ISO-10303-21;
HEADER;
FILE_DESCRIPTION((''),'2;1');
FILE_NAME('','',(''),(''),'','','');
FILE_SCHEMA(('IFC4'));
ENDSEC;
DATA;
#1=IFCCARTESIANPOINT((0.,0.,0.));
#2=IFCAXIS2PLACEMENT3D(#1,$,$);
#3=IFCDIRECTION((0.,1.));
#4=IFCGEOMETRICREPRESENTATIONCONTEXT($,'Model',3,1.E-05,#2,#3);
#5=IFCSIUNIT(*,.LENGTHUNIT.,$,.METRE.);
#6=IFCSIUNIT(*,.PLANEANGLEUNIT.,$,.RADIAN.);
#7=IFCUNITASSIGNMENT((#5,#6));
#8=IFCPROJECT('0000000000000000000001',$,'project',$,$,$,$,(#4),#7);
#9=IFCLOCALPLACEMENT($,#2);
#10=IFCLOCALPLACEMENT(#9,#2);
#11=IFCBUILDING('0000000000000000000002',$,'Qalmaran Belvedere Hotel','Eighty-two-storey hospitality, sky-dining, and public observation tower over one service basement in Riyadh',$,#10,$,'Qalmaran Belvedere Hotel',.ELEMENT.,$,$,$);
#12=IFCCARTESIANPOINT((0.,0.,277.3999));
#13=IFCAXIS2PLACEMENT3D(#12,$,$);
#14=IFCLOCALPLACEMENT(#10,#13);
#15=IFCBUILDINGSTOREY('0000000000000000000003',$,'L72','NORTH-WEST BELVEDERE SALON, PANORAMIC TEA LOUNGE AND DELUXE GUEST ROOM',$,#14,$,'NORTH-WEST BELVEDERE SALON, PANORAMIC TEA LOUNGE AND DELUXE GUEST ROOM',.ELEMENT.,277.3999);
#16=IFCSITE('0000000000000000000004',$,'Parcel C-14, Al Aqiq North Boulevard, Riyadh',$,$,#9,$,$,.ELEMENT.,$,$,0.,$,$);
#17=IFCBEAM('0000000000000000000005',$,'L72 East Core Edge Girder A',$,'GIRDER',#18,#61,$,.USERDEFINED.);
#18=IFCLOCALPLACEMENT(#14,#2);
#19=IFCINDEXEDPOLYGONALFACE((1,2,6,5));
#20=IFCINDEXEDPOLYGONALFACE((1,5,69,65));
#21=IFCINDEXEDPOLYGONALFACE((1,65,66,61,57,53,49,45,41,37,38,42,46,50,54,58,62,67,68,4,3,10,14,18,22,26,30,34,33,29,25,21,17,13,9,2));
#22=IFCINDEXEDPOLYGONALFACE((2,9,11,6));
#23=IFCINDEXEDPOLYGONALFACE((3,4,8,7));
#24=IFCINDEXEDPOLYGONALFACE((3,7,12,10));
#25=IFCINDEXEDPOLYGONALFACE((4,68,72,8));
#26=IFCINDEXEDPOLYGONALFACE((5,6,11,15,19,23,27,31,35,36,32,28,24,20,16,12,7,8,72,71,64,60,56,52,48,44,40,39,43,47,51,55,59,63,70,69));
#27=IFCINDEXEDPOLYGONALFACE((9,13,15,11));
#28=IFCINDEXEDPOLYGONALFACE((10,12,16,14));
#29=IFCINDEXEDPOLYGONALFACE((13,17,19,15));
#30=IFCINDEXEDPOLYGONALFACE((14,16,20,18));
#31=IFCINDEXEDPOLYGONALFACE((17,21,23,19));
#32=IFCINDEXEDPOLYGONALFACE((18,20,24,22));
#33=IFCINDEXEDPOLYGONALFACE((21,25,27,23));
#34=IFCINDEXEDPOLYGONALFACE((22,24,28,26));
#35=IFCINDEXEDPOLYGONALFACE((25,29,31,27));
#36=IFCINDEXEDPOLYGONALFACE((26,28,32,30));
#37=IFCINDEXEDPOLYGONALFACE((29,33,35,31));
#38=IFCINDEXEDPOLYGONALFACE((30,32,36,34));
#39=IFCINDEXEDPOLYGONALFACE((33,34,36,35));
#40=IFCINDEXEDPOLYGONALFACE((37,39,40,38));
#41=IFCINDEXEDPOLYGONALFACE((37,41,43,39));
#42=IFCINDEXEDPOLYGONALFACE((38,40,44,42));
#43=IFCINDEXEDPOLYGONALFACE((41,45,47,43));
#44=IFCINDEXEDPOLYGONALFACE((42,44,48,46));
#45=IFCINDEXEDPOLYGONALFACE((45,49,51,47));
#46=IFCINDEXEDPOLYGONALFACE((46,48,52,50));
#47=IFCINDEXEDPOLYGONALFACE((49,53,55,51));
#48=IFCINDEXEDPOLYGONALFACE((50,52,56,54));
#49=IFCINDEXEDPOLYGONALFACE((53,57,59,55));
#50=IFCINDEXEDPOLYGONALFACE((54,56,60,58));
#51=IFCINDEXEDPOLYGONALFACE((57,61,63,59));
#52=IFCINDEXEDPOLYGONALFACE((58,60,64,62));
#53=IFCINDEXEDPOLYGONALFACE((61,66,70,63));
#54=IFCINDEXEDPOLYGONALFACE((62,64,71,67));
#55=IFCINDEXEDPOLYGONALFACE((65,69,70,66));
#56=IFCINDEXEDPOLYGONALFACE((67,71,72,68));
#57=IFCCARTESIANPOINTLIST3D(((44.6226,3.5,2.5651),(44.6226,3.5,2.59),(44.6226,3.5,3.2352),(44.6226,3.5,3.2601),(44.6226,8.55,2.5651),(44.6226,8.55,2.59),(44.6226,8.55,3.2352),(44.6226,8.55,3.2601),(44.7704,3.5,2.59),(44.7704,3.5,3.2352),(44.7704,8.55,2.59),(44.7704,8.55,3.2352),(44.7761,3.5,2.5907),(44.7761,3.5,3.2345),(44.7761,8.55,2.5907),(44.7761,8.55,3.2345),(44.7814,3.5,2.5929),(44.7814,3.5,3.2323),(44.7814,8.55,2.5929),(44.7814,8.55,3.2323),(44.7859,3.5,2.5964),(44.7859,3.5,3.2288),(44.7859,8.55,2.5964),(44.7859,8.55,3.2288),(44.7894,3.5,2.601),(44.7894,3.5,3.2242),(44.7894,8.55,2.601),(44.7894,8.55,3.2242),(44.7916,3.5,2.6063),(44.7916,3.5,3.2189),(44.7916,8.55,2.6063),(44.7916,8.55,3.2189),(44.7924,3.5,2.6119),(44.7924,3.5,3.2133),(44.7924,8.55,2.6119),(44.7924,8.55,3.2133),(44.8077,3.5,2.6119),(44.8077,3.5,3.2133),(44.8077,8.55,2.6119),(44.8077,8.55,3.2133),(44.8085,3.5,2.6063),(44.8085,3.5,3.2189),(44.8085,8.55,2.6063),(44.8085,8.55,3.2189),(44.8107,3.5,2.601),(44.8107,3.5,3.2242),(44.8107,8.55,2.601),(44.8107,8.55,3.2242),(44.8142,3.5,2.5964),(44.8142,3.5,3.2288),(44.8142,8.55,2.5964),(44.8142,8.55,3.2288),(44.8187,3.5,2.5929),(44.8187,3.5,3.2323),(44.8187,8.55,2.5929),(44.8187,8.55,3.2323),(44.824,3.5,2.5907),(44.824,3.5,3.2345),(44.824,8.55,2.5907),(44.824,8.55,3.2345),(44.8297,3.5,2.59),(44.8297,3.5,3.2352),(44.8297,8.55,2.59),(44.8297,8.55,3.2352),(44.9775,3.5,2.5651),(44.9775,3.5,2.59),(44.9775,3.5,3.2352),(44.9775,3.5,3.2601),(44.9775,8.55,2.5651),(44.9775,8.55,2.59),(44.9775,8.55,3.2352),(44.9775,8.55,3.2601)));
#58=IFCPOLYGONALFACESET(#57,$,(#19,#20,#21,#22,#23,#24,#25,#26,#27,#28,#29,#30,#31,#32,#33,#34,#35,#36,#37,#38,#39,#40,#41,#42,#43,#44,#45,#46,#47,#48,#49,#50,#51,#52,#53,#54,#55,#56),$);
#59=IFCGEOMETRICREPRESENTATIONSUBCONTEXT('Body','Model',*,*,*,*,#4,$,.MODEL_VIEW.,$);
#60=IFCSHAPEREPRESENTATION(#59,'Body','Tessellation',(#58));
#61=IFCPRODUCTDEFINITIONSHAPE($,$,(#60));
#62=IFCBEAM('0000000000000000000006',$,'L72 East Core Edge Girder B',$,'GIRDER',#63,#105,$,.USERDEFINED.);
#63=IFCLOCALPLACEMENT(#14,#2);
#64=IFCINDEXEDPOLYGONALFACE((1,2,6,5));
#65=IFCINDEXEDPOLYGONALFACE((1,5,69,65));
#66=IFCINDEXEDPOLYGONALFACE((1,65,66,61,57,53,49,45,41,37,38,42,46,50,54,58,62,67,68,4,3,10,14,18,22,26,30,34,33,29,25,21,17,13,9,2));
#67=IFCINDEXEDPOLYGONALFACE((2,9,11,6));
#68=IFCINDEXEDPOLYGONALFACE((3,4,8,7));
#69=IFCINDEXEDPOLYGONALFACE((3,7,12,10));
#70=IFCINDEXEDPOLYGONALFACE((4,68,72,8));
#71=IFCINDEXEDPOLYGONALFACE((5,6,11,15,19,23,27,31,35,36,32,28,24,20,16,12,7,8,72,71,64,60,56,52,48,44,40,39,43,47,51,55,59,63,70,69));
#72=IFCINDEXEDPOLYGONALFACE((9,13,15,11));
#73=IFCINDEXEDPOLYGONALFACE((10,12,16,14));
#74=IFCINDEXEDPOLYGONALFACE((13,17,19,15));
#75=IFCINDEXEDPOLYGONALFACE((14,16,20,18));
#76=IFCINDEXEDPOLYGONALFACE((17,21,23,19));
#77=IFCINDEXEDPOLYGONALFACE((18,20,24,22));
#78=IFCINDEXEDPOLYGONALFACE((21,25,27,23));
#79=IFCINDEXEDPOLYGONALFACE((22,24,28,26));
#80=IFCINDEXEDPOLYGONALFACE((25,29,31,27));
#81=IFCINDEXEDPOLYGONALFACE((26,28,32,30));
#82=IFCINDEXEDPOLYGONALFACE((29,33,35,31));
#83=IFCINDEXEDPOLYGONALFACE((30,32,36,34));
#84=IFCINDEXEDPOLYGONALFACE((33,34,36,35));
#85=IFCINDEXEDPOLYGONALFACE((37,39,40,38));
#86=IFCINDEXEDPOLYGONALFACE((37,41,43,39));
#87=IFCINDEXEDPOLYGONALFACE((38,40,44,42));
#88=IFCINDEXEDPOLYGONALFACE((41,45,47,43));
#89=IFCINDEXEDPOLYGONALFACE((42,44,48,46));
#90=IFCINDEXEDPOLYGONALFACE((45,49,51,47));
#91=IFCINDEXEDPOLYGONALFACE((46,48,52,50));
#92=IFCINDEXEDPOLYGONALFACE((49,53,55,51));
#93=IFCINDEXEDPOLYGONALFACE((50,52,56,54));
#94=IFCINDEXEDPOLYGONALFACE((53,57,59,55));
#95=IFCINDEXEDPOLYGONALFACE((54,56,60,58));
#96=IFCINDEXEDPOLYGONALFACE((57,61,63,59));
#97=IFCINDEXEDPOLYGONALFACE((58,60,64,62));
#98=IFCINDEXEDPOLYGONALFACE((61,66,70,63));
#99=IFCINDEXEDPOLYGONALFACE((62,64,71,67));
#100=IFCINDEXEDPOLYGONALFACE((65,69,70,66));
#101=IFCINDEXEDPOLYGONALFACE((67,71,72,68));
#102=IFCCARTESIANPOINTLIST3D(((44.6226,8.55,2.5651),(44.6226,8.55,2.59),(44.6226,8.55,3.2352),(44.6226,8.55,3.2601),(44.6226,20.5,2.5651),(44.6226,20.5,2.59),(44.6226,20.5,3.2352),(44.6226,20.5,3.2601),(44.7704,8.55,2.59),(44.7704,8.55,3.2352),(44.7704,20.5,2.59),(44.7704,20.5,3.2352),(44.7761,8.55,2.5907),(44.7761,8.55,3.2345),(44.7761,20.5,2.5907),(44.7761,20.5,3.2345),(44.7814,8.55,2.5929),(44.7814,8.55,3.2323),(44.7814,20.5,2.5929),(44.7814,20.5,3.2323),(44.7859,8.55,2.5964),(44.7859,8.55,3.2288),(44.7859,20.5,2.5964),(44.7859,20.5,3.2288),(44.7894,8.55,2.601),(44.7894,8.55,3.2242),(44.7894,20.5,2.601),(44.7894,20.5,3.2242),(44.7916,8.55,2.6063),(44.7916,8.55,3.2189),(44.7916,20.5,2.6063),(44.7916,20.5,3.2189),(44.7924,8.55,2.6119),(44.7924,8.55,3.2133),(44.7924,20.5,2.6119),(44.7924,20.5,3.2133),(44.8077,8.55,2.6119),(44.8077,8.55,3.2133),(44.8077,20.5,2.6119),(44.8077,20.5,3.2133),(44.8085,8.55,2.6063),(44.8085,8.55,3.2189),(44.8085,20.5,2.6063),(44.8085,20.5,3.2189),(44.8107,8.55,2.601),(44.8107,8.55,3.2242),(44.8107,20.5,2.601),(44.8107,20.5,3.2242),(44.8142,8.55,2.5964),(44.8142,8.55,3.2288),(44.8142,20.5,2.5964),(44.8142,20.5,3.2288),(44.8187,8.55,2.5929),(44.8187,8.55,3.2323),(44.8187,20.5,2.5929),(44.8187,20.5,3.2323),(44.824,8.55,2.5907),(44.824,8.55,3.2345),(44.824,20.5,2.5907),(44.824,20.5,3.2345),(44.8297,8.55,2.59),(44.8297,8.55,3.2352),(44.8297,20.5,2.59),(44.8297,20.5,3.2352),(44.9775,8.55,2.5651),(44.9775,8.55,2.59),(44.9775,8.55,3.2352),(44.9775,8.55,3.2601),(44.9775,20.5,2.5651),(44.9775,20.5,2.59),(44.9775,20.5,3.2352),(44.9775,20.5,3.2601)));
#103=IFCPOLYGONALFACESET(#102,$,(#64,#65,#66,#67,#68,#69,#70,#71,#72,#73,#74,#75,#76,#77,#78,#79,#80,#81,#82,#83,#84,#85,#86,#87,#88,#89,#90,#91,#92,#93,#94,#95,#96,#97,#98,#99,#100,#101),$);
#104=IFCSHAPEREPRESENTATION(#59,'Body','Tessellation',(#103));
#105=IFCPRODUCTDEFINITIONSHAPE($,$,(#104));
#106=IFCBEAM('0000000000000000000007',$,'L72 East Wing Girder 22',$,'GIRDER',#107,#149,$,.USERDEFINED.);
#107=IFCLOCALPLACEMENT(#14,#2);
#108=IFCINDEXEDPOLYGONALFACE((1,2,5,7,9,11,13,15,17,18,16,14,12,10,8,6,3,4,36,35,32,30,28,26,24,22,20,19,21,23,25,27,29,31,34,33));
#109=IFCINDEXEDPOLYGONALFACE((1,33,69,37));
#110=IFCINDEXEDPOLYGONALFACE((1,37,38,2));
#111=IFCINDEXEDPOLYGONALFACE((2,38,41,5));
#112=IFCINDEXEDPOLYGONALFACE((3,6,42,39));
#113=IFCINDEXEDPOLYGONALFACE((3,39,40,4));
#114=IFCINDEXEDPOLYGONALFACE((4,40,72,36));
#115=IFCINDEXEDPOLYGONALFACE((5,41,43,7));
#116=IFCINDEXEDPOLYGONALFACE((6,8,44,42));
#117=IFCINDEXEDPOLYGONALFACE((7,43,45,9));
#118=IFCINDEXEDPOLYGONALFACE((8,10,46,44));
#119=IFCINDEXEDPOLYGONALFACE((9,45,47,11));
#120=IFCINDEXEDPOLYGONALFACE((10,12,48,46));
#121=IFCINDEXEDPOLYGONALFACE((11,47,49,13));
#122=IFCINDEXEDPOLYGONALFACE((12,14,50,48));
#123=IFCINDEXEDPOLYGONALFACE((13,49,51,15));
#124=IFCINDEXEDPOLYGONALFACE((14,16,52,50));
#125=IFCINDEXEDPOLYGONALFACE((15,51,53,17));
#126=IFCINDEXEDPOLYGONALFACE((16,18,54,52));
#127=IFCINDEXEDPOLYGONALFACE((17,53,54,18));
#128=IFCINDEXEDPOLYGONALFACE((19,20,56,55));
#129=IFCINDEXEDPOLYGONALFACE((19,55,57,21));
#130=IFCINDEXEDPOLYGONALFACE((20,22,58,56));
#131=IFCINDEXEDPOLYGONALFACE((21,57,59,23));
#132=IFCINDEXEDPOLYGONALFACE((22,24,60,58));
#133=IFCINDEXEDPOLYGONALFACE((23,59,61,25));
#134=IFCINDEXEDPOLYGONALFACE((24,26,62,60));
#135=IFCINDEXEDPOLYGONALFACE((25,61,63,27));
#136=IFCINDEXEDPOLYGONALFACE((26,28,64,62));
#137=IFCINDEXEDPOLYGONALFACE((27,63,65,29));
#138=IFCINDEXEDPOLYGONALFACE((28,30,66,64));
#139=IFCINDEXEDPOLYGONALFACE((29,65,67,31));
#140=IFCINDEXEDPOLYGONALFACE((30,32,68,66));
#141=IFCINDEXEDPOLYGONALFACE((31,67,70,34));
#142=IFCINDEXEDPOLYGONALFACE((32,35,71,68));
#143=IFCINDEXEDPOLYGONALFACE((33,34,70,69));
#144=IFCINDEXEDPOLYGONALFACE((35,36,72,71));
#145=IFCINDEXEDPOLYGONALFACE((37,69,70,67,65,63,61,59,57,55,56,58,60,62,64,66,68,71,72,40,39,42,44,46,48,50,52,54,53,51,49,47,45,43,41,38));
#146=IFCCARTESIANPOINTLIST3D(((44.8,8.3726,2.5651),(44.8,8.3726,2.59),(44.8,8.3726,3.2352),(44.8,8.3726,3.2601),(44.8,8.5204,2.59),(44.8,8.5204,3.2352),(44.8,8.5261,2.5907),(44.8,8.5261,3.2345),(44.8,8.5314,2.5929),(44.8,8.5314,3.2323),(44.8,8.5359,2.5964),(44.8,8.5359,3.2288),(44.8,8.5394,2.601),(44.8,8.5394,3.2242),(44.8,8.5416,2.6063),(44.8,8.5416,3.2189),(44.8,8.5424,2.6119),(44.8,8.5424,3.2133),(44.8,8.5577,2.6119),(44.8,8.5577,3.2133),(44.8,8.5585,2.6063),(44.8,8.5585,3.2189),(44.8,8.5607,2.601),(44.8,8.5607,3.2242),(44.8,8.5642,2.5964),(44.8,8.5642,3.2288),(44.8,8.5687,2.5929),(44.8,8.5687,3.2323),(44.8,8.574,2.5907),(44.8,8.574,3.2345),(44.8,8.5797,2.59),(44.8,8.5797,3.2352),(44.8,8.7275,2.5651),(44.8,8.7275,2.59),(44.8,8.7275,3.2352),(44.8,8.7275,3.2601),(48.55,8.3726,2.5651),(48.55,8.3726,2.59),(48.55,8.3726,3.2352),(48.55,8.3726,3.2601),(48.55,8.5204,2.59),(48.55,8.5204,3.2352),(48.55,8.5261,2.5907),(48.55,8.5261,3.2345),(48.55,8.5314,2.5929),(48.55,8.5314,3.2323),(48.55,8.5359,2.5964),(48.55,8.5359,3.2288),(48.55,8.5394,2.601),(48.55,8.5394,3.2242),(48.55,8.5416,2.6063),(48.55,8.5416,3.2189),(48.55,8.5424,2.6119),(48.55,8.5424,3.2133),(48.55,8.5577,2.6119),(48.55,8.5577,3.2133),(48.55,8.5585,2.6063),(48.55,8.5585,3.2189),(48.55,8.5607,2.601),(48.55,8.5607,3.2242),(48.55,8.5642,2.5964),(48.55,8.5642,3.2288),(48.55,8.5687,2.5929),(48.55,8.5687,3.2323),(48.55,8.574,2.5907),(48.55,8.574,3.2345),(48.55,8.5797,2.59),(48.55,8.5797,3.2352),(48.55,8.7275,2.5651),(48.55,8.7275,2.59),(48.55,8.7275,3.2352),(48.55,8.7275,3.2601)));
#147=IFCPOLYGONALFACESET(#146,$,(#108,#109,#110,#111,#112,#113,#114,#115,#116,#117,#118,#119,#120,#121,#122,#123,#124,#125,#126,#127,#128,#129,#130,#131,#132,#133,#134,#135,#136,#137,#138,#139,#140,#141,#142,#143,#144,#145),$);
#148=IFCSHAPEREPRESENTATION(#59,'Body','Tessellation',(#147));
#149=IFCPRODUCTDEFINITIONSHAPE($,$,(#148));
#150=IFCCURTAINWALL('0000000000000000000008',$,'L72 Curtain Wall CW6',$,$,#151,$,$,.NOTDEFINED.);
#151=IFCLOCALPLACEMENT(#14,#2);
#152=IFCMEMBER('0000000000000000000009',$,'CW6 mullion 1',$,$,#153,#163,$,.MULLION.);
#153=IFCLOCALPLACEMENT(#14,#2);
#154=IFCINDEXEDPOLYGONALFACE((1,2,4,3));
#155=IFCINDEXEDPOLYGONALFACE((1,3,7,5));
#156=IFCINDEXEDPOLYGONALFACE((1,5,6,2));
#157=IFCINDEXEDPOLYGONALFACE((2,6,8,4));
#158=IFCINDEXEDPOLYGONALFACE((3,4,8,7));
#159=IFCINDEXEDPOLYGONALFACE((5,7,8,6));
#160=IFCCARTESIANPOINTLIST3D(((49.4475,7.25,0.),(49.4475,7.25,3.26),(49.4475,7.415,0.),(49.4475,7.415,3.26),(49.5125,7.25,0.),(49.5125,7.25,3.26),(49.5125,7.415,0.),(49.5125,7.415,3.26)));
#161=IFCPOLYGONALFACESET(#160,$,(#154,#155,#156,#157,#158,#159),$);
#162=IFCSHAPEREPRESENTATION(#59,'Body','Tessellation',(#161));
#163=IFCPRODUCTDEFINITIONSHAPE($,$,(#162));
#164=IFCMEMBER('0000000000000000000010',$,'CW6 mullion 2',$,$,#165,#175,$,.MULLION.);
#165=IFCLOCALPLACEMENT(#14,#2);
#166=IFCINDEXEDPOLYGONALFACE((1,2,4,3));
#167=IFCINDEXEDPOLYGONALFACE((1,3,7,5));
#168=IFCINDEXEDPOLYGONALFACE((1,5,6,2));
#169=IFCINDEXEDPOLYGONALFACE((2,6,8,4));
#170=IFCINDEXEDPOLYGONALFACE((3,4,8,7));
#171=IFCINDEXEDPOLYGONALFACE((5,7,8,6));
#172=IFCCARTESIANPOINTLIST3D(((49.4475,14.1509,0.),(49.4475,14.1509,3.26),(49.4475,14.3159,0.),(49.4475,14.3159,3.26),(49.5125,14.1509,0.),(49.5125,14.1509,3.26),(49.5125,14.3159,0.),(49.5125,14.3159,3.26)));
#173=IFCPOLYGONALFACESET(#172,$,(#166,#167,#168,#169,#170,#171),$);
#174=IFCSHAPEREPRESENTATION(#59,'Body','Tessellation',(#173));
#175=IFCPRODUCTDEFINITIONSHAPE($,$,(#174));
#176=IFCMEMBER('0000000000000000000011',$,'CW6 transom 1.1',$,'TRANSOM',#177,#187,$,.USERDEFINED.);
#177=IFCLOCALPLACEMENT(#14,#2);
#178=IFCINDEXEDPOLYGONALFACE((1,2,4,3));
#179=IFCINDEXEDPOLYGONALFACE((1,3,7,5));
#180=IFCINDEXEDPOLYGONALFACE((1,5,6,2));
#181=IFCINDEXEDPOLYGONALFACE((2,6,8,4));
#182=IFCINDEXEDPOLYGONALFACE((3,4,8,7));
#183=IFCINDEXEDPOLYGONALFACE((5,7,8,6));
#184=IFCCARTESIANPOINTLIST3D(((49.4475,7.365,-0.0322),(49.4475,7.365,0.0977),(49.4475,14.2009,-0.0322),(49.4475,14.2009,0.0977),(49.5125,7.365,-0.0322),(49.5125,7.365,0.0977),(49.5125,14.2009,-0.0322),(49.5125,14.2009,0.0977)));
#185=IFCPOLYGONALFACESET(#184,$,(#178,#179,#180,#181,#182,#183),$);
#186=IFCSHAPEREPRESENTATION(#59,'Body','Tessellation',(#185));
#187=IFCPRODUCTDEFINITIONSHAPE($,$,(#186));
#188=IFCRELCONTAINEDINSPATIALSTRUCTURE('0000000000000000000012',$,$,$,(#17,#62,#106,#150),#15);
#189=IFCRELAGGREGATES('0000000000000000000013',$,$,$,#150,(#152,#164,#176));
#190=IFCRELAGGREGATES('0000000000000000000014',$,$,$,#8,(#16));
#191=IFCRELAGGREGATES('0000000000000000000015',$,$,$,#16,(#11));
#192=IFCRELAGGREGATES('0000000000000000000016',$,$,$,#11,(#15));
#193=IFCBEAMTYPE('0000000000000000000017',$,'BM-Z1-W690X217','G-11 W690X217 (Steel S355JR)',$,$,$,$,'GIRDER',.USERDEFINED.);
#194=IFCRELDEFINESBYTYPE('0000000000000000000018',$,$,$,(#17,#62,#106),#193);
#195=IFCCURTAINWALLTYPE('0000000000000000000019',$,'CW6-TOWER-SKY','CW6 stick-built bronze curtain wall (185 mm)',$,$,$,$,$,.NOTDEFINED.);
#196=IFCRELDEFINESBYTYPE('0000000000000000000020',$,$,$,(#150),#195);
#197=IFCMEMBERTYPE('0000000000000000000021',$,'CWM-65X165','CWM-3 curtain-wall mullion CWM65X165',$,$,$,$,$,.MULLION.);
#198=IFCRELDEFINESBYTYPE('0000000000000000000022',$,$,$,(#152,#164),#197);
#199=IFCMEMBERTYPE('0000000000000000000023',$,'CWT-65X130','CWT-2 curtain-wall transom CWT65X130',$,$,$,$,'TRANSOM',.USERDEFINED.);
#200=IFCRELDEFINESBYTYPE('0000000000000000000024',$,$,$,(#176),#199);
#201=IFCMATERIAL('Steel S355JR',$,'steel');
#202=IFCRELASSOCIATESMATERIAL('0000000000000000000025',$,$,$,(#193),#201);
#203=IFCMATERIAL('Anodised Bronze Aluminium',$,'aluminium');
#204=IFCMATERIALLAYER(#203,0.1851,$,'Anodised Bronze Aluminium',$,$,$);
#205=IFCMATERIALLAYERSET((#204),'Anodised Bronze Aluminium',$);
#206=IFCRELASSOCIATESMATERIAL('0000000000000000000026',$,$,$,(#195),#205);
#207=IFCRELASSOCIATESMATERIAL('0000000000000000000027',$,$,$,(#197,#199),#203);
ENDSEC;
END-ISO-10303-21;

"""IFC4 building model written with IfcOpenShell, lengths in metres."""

from ifc_helpers import new_model, si_unit, direction, frame, origin, origin_2d, place, context, subcontext, project, spatial, rectangle, i_section, extrude, material, layer, layer_set, material_profile, profile_set, type_object, element, aggregate, save


model = new_model("IFC4")

# Units and contexts
model_context = context("Model", 3, precision=1e-05, world=origin(), true_north=direction((0.0, 1.0)))
body_context = subcontext(model_context, "Body", "Model", "MODEL_VIEW")
ifc_project = project(units=[si_unit("LENGTHUNIT", "METRE"), si_unit("PLANEANGLEUNIT", "RADIAN")], contexts=[model_context])

# Site, building, storey
site_placement = place(None, origin())
site = spatial("IfcSite", under=ifc_project, at=site_placement, Name="Parcel C-14, Al Aqiq North Boulevard, Riyadh", CompositionType="ELEMENT", RefElevation=0.0)
building_placement = place(site_placement, origin())
building = spatial("IfcBuilding", under=site, at=building_placement, Name="Qalmaran Belvedere Hotel", Description="Eighty-two-storey hospitality, sky-dining, and public observation tower over one service basement in Riyadh", LongName="Qalmaran Belvedere Hotel", CompositionType="ELEMENT")
storey_placement = place(building_placement, frame((0.0, 0.0, 277.3999)))
storey = spatial("IfcBuildingStorey", under=building, at=storey_placement, Name="L72", Description="NORTH-WEST BELVEDERE SALON, PANORAMIC TEA LOUNGE AND DELUXE GUEST ROOM", LongName="NORTH-WEST BELVEDERE SALON, PANORAMIC TEA LOUNGE AND DELUXE GUEST ROOM", CompositionType="ELEMENT", Elevation=277.3999)

# Beams
ifc_material_1 = material(Name="Steel S355JR", Category="steel")
ifc_material_profile_1 = material_profile(ifc_material_1, i_section(OverallWidth=0.355, OverallDepth=0.6951, WebThickness=0.0154, FlangeThickness=0.0249, FilletRadius=0.022, at=origin_2d()), Name="W690X217")
ifc_profile_set_1 = profile_set([ifc_material_profile_1], Name="Steel S355JR")
beam_type_1 = type_object("IfcBeamType", Name="BM-Z1-W690X217", Description="G-11 W690X217 (Steel S355JR)", ElementType="GIRDER", PredefinedType="USERDEFINED", material=ifc_profile_set_1)
beam_1_placement = place(storey_placement, frame((44.8, 3.5, 2.9126), z_axis=(0.0, 1.0, 0.0), x_axis=(-1.0, 0.0, 0.0)))
element("IfcBeam", 1, at=beam_1_placement, inside=storey, type_object=beam_type_1, Name="L72 East Core Edge Girder A", ObjectType="GIRDER", PredefinedType="USERDEFINED", context=body_context, shape_type="SweptSolid", body=[
    extrude(i_section(OverallWidth=0.355, OverallDepth=0.6951, WebThickness=0.0154, FlangeThickness=0.0249, FilletRadius=0.022, at=origin_2d()), origin(), (0.0, 0.0, 1.0), 5.05),
])
beam_2_placement = place(storey_placement, frame((44.8, 8.55, 2.9126), z_axis=(0.0, 1.0, 0.0), x_axis=(-1.0, 0.0, 0.0)))
element("IfcBeam", 2, at=beam_2_placement, inside=storey, type_object=beam_type_1, Name="L72 East Core Edge Girder B", ObjectType="GIRDER", PredefinedType="USERDEFINED", context=body_context, shape_type="SweptSolid", body=[
    extrude(i_section(OverallWidth=0.355, OverallDepth=0.6951, WebThickness=0.0154, FlangeThickness=0.0249, FilletRadius=0.022, at=origin_2d()), origin(), (0.0, 0.0, 1.0), 11.95),
])
beam_3_placement = place(storey_placement, frame((44.8, 8.55, 2.9126), z_axis=(1.0, 0.0, 0.0), x_axis=(0.0, 1.0, 0.0)))
element("IfcBeam", 3, at=beam_3_placement, inside=storey, type_object=beam_type_1, Name="L72 East Wing Girder 22", ObjectType="GIRDER", PredefinedType="USERDEFINED", context=body_context, shape_type="SweptSolid", body=[
    extrude(i_section(OverallWidth=0.355, OverallDepth=0.6951, WebThickness=0.0154, FlangeThickness=0.0249, FilletRadius=0.022, at=origin_2d()), origin(), (0.0, 0.0, 1.0), 3.75),
])

# Curtain wall, members
ifc_material_2 = material(Name="Anodised Bronze Aluminium", Category="aluminium")
ifc_layer_1 = layer(ifc_material_2, 0.1851, Name="Anodised Bronze Aluminium")
ifc_layer_set_1 = layer_set([ifc_layer_1], Name="Anodised Bronze Aluminium")
curtain_wall_type = type_object("IfcCurtainWallType", Name="CW6-TOWER-SKY", Description="CW6 stick-built bronze curtain wall (185 mm)", PredefinedType="NOTDEFINED", material=ifc_layer_set_1)
curtain_wall_placement = place(storey_placement, origin())
curtain_wall = element("IfcCurtainWall", 4, at=curtain_wall_placement, inside=storey, type_object=curtain_wall_type, Name="L72 Curtain Wall CW6", PredefinedType="NOTDEFINED")
ifc_material_profile_2 = material_profile(ifc_material_2, rectangle(XDim=0.0649, YDim=0.165, at=origin_2d()), Name="CWM65X165")
ifc_profile_set_2 = profile_set([ifc_material_profile_2], Name="Anodised Bronze Aluminium")
member_type_1 = type_object("IfcMemberType", Name="CWM-65X165", Description="CWM-3 curtain-wall mullion CWM65X165", PredefinedType="MULLION", material=ifc_profile_set_2)
member_1_placement = place(storey_placement, frame((49.48, 7.3325, 0.0), z_axis=(0.0, 0.0, 1.0), x_axis=(-1.0, 0.0, 0.0)))
member_1 = element("IfcMember", 5, at=member_1_placement, type_object=member_type_1, Name="CW6 mullion 1", PredefinedType="MULLION", context=body_context, shape_type="SweptSolid", body=[
    extrude(rectangle(XDim=0.0649, YDim=0.165, at=origin_2d()), origin(), (0.0, 0.0, 1.0), 3.26),
])
member_2_placement = place(storey_placement, frame((49.48, 14.2334, 0.0), z_axis=(0.0, 0.0, 1.0), x_axis=(-1.0, 0.0, 0.0)))
member_2 = element("IfcMember", 6, at=member_2_placement, type_object=member_type_1, Name="CW6 mullion 2", PredefinedType="MULLION", context=body_context, shape_type="SweptSolid", body=[
    extrude(rectangle(XDim=0.0649, YDim=0.165, at=origin_2d()), origin(), (0.0, 0.0, 1.0), 3.26),
])
ifc_material_profile_3 = material_profile(ifc_material_2, rectangle(XDim=0.0649, YDim=0.1299, at=origin_2d()), Name="CWT65X130")
ifc_profile_set_3 = profile_set([ifc_material_profile_3], Name="Anodised Bronze Aluminium")
member_type_2 = type_object("IfcMemberType", Name="CWT-65X130", Description="CWT-2 curtain-wall transom CWT65X130", ElementType="TRANSOM", PredefinedType="USERDEFINED", material=ifc_profile_set_3)
member_3_placement = place(storey_placement, frame((49.48, 7.365, 0.0327), z_axis=(0.0, 1.0, 0.0), x_axis=(-1.0, 0.0, 0.0)))
member_3 = element("IfcMember", 7, at=member_3_placement, type_object=member_type_2, Name="CW6 transom 1.1", ObjectType="TRANSOM", PredefinedType="USERDEFINED", context=body_context, shape_type="SweptSolid", body=[
    extrude(rectangle(XDim=0.0649, YDim=0.1299, at=origin_2d()), origin(), (0.0, 0.0, 1.0), 6.8359),
])
aggregate(curtain_wall, [member_1, member_2, member_3])

save(model, "model.ifc")
